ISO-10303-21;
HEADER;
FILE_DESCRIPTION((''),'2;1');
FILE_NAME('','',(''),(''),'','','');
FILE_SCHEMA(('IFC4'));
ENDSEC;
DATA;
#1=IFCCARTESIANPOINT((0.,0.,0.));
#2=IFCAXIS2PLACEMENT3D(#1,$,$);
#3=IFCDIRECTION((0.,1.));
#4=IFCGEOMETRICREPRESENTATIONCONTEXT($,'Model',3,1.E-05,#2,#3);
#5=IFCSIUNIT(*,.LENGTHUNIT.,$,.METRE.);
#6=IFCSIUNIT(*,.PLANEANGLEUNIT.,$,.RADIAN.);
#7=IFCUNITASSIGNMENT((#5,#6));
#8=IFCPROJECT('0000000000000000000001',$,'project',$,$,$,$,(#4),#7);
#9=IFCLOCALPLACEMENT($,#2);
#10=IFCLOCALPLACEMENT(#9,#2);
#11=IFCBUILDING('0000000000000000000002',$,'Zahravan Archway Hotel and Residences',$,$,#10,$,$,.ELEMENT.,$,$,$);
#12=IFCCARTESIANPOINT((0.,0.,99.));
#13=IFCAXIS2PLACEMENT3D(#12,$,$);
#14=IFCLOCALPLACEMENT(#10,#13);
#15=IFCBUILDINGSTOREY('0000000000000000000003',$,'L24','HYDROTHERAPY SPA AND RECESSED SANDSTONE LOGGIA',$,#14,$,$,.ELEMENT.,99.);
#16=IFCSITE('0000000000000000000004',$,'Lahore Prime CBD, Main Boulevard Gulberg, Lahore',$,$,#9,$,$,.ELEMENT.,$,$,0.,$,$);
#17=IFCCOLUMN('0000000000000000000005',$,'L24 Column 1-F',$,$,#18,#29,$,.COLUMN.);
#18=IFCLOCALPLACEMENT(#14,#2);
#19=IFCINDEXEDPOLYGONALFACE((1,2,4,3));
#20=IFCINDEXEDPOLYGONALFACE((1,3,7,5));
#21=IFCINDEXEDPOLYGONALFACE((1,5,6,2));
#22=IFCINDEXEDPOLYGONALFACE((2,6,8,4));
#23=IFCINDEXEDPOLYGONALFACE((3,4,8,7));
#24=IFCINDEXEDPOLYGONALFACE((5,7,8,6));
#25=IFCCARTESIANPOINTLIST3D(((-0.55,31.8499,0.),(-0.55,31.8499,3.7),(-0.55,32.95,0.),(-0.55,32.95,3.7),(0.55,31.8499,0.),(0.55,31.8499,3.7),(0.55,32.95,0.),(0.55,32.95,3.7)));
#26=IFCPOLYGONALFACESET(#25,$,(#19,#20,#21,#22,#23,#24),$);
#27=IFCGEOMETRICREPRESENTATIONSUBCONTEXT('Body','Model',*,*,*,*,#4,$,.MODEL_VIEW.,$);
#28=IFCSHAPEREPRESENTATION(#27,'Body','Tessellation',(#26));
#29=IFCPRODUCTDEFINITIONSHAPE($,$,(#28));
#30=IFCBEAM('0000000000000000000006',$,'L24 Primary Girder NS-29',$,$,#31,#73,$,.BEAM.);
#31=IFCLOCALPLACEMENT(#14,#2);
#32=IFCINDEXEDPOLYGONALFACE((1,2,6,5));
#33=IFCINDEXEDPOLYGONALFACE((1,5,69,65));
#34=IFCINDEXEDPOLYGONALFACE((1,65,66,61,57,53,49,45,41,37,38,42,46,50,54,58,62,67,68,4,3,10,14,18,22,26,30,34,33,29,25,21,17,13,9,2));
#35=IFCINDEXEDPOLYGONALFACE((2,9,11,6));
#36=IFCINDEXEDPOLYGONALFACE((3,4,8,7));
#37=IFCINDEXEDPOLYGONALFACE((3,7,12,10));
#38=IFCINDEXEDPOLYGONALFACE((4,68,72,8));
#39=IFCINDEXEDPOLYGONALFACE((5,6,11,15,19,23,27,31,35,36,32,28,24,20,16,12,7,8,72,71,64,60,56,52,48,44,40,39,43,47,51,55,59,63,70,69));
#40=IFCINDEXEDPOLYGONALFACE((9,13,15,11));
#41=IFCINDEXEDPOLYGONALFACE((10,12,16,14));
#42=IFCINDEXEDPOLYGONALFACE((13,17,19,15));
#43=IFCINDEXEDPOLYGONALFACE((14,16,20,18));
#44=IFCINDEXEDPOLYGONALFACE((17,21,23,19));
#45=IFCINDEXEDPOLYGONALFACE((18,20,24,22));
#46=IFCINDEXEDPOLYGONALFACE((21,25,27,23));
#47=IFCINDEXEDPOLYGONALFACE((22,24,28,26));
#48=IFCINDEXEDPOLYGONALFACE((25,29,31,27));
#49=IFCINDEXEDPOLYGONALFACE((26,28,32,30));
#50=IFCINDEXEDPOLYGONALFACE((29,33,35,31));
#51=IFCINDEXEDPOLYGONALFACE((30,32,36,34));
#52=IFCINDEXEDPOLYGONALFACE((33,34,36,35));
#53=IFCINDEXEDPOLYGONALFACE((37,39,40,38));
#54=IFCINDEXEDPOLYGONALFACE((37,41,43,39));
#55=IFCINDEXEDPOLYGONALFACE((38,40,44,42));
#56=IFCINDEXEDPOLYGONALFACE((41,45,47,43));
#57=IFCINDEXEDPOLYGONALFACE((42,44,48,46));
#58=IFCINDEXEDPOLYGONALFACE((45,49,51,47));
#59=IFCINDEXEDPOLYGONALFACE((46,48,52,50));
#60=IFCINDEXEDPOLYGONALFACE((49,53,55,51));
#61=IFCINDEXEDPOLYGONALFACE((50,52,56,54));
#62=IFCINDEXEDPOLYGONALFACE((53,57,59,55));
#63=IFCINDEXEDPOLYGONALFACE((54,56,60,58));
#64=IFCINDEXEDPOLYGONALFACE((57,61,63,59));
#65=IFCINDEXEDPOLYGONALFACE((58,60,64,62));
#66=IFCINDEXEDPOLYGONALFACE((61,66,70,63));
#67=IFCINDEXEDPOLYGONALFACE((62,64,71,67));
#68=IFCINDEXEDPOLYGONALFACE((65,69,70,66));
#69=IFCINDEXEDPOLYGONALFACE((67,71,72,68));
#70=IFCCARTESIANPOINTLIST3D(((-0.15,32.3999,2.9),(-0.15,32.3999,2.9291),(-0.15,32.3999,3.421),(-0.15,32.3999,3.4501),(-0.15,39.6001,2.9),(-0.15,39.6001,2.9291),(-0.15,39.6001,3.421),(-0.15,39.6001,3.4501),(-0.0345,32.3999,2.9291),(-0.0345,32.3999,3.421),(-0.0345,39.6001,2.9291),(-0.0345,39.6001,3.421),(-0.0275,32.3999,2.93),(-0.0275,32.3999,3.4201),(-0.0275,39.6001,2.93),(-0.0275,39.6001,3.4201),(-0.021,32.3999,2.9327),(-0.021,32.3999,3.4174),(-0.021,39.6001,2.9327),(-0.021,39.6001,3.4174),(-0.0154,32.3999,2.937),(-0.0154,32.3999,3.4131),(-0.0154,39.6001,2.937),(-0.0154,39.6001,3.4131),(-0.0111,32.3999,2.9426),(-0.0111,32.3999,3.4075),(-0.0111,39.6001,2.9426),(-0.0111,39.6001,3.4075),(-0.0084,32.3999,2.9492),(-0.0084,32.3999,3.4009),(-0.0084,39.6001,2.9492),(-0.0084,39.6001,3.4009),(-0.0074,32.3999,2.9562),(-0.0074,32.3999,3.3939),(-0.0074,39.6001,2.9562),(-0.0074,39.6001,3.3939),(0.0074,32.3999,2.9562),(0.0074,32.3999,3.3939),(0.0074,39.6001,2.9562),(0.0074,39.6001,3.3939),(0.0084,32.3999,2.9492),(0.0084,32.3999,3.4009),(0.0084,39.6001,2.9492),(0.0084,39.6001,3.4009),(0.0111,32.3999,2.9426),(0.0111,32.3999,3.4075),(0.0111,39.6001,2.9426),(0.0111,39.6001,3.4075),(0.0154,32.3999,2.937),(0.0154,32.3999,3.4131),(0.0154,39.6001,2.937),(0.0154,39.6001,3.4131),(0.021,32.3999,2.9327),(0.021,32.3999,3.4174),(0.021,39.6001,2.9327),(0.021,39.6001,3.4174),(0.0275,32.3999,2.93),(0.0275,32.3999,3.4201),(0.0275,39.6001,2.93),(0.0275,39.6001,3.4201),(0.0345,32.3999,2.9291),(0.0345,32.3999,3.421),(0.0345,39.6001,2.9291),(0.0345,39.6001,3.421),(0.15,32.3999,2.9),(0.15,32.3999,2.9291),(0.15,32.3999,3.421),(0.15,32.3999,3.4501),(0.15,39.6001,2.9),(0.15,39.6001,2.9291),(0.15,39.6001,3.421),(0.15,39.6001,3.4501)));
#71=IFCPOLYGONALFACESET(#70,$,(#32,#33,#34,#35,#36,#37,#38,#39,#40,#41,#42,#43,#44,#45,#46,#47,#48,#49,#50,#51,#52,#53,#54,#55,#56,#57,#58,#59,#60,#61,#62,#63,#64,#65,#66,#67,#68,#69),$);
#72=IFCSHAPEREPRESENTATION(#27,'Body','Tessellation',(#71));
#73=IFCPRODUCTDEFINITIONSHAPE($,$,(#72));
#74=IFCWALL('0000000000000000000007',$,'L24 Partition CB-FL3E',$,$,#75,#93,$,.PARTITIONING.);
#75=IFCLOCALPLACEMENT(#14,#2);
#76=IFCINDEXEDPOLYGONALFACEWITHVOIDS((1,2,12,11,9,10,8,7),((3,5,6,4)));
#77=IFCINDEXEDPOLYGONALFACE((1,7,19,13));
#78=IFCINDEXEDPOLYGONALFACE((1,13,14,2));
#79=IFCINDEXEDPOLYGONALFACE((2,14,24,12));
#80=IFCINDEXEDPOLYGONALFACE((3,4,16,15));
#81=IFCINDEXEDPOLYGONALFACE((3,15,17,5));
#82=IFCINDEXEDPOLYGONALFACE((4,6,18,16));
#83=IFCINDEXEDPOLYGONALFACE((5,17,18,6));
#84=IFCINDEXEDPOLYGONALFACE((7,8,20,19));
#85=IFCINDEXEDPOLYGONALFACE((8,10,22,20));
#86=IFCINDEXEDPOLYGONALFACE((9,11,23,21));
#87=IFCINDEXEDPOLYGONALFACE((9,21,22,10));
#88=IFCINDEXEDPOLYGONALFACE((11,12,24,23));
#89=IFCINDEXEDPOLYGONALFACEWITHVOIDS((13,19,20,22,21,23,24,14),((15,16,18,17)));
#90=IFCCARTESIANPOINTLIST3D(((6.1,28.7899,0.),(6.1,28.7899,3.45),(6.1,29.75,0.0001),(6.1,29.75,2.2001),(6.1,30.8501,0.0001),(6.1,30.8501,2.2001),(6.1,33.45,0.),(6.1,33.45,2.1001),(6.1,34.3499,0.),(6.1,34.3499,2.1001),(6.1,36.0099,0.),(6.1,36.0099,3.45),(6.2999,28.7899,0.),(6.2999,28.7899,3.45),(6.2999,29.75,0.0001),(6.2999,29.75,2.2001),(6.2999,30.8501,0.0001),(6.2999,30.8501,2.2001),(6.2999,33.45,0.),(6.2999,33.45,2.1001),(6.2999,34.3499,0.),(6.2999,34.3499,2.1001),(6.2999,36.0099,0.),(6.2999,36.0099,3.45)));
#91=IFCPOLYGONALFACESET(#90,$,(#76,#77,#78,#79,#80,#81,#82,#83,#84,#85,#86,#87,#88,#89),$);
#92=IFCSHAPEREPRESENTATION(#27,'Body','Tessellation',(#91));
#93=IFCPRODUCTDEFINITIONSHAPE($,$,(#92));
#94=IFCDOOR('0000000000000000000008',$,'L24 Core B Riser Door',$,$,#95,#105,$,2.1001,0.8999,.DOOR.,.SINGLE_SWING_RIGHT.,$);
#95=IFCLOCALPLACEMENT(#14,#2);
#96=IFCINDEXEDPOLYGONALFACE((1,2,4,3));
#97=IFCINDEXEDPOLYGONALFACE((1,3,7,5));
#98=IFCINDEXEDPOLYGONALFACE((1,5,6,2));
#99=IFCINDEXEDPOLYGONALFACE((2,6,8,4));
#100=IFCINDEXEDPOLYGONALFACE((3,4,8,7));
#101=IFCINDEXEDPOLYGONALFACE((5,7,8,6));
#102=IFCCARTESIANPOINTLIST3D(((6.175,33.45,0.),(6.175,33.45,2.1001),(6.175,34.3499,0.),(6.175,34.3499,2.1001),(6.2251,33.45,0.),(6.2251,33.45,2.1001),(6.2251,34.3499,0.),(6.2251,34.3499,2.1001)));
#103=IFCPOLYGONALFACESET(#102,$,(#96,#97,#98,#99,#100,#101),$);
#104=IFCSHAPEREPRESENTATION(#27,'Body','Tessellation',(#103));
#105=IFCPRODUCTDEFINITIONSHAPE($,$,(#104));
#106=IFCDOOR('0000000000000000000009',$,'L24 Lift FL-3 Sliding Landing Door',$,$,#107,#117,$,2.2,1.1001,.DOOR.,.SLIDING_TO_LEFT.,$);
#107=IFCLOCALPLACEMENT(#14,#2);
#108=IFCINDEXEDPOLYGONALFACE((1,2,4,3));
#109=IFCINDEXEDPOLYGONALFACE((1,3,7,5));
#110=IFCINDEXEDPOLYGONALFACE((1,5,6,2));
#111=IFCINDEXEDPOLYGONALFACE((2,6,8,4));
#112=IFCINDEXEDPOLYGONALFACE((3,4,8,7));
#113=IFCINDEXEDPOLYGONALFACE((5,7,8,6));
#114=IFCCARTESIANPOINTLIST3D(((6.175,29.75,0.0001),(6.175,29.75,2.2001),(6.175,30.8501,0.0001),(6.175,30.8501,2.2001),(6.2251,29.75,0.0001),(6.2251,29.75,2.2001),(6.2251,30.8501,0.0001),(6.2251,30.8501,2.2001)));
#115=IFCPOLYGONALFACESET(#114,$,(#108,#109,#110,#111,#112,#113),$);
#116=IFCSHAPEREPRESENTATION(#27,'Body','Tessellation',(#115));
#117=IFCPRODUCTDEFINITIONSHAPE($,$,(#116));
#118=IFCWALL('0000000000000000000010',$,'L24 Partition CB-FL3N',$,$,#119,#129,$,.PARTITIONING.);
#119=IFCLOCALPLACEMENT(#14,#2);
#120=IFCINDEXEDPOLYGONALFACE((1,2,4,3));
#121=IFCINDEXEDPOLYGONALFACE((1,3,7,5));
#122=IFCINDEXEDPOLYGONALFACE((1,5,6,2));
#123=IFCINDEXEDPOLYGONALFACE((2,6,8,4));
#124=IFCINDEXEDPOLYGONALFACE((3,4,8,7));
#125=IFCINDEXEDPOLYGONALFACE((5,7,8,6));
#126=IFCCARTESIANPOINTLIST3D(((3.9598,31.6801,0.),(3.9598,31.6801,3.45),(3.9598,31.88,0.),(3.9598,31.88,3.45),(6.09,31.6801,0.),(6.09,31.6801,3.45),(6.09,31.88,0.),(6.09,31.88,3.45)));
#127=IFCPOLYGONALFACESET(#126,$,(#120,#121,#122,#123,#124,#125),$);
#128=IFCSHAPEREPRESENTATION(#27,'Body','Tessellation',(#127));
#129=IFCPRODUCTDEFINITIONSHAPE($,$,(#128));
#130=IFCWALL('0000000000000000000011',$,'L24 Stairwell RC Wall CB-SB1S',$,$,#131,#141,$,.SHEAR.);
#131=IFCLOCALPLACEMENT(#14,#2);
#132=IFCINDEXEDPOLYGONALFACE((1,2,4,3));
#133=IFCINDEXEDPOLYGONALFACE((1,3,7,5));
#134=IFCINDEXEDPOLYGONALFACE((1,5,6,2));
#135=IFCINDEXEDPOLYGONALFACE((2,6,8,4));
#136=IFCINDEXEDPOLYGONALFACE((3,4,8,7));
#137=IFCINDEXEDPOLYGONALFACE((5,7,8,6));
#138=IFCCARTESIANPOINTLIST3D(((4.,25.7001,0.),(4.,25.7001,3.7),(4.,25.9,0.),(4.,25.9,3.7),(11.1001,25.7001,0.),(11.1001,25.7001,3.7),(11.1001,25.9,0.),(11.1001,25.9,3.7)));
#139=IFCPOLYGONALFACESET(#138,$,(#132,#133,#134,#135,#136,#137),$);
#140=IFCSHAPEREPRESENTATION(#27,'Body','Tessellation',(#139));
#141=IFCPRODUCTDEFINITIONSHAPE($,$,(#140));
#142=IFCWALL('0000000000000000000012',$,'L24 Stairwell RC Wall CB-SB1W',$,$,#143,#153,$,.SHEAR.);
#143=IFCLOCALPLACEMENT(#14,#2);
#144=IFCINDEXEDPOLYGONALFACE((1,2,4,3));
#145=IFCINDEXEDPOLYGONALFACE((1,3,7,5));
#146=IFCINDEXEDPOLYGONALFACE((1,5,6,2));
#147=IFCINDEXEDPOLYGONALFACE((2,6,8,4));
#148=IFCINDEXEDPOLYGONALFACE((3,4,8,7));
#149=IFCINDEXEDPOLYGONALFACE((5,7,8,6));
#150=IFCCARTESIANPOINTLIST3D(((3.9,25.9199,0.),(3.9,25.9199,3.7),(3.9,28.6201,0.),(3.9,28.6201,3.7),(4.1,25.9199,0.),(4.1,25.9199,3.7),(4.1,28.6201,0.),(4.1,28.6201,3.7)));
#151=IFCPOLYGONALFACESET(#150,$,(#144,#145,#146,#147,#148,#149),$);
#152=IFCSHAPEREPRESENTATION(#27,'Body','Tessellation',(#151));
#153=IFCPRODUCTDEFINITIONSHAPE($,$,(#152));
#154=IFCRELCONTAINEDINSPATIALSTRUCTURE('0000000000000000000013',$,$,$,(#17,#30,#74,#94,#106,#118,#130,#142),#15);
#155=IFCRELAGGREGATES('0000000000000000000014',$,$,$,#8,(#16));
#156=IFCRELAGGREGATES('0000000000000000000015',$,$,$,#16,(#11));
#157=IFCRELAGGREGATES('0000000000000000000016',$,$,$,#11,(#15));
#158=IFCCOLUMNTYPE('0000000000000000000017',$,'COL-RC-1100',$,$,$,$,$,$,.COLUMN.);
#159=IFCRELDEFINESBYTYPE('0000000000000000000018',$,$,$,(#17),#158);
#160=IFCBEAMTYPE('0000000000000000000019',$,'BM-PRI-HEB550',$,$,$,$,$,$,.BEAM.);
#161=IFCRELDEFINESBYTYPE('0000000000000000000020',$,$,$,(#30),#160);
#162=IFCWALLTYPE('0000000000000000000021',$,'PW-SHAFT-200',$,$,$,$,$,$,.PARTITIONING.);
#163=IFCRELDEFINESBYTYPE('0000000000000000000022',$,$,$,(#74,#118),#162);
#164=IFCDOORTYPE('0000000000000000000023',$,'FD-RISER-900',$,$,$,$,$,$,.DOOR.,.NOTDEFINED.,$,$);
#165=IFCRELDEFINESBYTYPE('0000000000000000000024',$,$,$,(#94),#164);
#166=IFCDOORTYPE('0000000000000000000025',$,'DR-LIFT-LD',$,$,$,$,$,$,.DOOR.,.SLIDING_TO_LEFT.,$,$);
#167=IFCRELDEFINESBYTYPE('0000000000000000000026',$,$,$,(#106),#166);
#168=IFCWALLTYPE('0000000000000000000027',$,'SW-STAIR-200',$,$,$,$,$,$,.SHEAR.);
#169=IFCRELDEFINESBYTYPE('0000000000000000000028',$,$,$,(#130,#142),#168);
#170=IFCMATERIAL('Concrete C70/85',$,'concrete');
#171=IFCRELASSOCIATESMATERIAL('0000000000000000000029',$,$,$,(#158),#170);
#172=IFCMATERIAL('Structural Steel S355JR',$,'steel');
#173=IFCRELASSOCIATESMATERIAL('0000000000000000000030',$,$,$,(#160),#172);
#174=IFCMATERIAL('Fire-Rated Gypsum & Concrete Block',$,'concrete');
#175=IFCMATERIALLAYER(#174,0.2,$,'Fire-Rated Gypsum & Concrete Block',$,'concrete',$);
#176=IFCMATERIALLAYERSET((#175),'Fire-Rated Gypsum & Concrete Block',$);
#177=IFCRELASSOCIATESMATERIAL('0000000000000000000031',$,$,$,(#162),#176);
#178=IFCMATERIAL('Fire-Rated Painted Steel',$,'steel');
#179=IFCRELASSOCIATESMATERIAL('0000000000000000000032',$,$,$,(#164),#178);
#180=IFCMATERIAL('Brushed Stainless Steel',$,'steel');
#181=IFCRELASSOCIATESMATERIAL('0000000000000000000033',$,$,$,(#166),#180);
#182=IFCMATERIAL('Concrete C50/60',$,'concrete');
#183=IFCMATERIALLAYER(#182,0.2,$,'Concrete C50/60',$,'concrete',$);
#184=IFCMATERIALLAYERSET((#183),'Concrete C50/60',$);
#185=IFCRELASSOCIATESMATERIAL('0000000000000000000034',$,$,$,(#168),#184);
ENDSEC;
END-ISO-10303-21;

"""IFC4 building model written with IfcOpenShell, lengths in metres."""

from ifc_helpers import new_model, si_unit, direction, frame, frame_2d, origin, origin_2d, place, context, subcontext, project, spatial, rectangle, i_section, extrude, source, transform, mapped, material, layer, layer_set, material_profile, profile_set, type_object, type_shapes, element, fill, save


model = new_model("IFC4")

# Units and contexts
model_context = context("Model", 3, precision=1e-05, world=origin(), true_north=direction((0.0, 1.0)))
body_context = subcontext(model_context, "Body", "Model", "MODEL_VIEW")
ifc_project = project(units=[si_unit("LENGTHUNIT", "METRE"), si_unit("PLANEANGLEUNIT", "RADIAN")], contexts=[model_context])

# Site, building, storey
site_placement = place(None, origin())
site = spatial("IfcSite", under=ifc_project, at=site_placement, Name="Lahore Prime CBD, Main Boulevard Gulberg, Lahore", CompositionType="ELEMENT", RefElevation=0.0)
building_placement = place(site_placement, origin())
building = spatial("IfcBuilding", under=site, at=building_placement, Name="Zahravan Archway Hotel and Residences", CompositionType="ELEMENT")
storey_placement = place(building_placement, frame((0.0, 0.0, 99.0)))
storey = spatial("IfcBuildingStorey", under=building, at=storey_placement, Name="L24", Description="HYDROTHERAPY SPA AND RECESSED SANDSTONE LOGGIA", CompositionType="ELEMENT", Elevation=99.0)

# Column
ifc_material_1 = material(Name="Concrete C70/85", Category="concrete")
ifc_material_profile_1 = material_profile(ifc_material_1, rectangle(XDim=1.1001, YDim=1.1001, at=origin_2d()), Name="RC 1100x1100", Category="concrete")
ifc_profile_set_1 = profile_set([ifc_material_profile_1], Name="Concrete C70/85")
column_type = type_object("IfcColumnType", Name="COL-RC-1100", PredefinedType="COLUMN", material=ifc_profile_set_1)
shared_shape_1 = source(origin(), body_context, "Body", "SweptSolid", [
    extrude(rectangle(XDim=1.1001, YDim=1.1001, at=origin_2d()), origin(), (0.0, 0.0, 1.0), 3.7),
])
column_placement = place(storey_placement, frame((0.0, 32.3999, 0.0), z_axis=(0.0, 0.0, 1.0), x_axis=(1.0, 0.0, 0.0)))
element("IfcColumn", 1, at=column_placement, inside=storey, type_object=column_type, Name="L24 Column 1-F", PredefinedType="COLUMN", context=body_context, shape_type="MappedRepresentation", body=[
    mapped(shared_shape_1, transform((0.0, 0.0, 0.0), scale=1.0)),
])

# Beam
ifc_material_2 = material(Name="Structural Steel S355JR", Category="steel")
ifc_material_profile_2 = material_profile(ifc_material_2, i_section(OverallWidth=0.3, OverallDepth=0.55, WebThickness=0.0149, FlangeThickness=0.0291, FilletRadius=0.0271, at=origin_2d()), Name="HEB 550", Category="steel")
ifc_profile_set_2 = profile_set([ifc_material_profile_2], Name="Structural Steel S355JR")
beam_type = type_object("IfcBeamType", Name="BM-PRI-HEB550", PredefinedType="BEAM", material=ifc_profile_set_2)
shared_shape_2 = source(origin(), body_context, "Body", "SweptSolid", [
    extrude(i_section(OverallWidth=0.3, OverallDepth=0.55, WebThickness=0.0149, FlangeThickness=0.0291, FilletRadius=0.0271, at=origin_2d()), origin(), (0.0, 0.0, 1.0), 7.2002),
])
type_shapes(beam_type, [shared_shape_2])
beam_placement = place(storey_placement, frame((0.0, 32.3999, 3.175), z_axis=(0.0, 1.0, 0.0), x_axis=(-1.0, 0.0, 0.0)))
element("IfcBeam", 2, at=beam_placement, inside=storey, type_object=beam_type, Name="L24 Primary Girder NS-29", PredefinedType="BEAM", context=body_context, shape_type="MappedRepresentation", body=[
    mapped(shared_shape_2, transform((0.0, 0.0, 0.0), scale=1.0)),
])

# Wall, openings, doors
ifc_material_3 = material(Name="Fire-Rated Gypsum & Concrete Block", Category="concrete")
ifc_layer_1 = layer(ifc_material_3, 0.2, Name="Fire-Rated Gypsum & Concrete Block", Category="concrete")
ifc_layer_set_1 = layer_set([ifc_layer_1], Name="Fire-Rated Gypsum & Concrete Block")
wall_type_1 = type_object("IfcWallType", Name="PW-SHAFT-200", PredefinedType="PARTITIONING", material=ifc_layer_set_1)
wall_1_placement = place(storey_placement, frame((6.2, 28.79, 0.0), z_axis=(0.0, 0.0, 1.0), x_axis=(0.0, 1.0, 0.0)))
wall_1 = element("IfcWall", 3, at=wall_1_placement, inside=storey, type_object=wall_type_1, Name="L24 Partition CB-FL3E", PredefinedType="PARTITIONING", context=body_context, shape_type="SweptSolid", body=[
    extrude(rectangle(XDim=7.22, YDim=0.2, at=frame_2d((3.6099, 0.0))), origin(), (0.0, 0.0, 1.0), 3.45),
])
opening_1_placement = place(wall_1_placement, frame((4.6599, 0.0, 0.0)))
opening_1 = element("IfcOpeningElement", 4, at=opening_1_placement, cuts=wall_1, PredefinedType="OPENING", context=body_context, shape_type="SweptSolid", body=[
    extrude(rectangle(XDim=0.8999, YDim=2.1001, at=frame_2d((0.45, 1.05))), frame((0.0, 0.1099, 0.0), z_axis=(0.0, -1.0, 0.0), x_axis=(1.0, 0.0, 0.0)), (0.0, 0.0, 1.0), 0.22),
])
opening_2_placement = place(wall_1_placement, frame((0.96, 0.0, 0.0)))
opening_2 = element("IfcOpeningElement", 5, at=opening_2_placement, cuts=wall_1, PredefinedType="OPENING", context=body_context, shape_type="SweptSolid", body=[
    extrude(rectangle(XDim=1.1001, YDim=2.2, at=frame_2d((0.55, 1.1001))), frame((0.0, 0.1099, 0.0), z_axis=(0.0, -1.0, 0.0), x_axis=(1.0, 0.0, 0.0)), (0.0, 0.0, 1.0), 0.22),
])
ifc_material_4 = material(Name="Fire-Rated Painted Steel", Category="steel")
door_type_1 = type_object("IfcDoorType", Name="FD-RISER-900", OperationType="NOTDEFINED", PredefinedType="DOOR", material=ifc_material_4)
shared_shape_3 = source(origin(), body_context, "Body", "SweptSolid", [
    extrude(rectangle(XDim=0.8999, YDim=2.1001, at=frame_2d((0.45, 1.05))), frame((0.0, 0.0249, 0.0), z_axis=(0.0, -1.0, 0.0), x_axis=(1.0, 0.0, 0.0)), (0.0, 0.0, 1.0), 0.05),
])
type_shapes(door_type_1, [shared_shape_3])
door_1_placement = place(opening_1_placement, origin())
door_1 = element("IfcDoor", 6, at=door_1_placement, inside=storey, type_object=door_type_1, Name="L24 Core B Riser Door", OperationType="SINGLE_SWING_RIGHT", OverallHeight=2.1001, OverallWidth=0.8999, PredefinedType="DOOR", context=body_context, shape_type="MappedRepresentation", body=[
    mapped(shared_shape_3, transform((0.0, 0.0, 0.0), scale=1.0)),
])
fill(opening_1, door_1)
ifc_material_5 = material(Name="Brushed Stainless Steel", Category="steel")
door_type_2 = type_object("IfcDoorType", Name="DR-LIFT-LD", OperationType="SLIDING_TO_LEFT", PredefinedType="DOOR", material=ifc_material_5)
shared_shape_4 = source(origin(), body_context, "Body", "SweptSolid", [
    extrude(rectangle(XDim=1.1001, YDim=2.2, at=frame_2d((0.55, 1.1001))), frame((0.0, 0.0249, 0.0), z_axis=(0.0, -1.0, 0.0), x_axis=(1.0, 0.0, 0.0)), (0.0, 0.0, 1.0), 0.05),
])
type_shapes(door_type_2, [shared_shape_4])
door_2_placement = place(opening_2_placement, origin())
door_2 = element("IfcDoor", 7, at=door_2_placement, inside=storey, type_object=door_type_2, Name="L24 Lift FL-3 Sliding Landing Door", OperationType="SLIDING_TO_LEFT", OverallHeight=2.2, OverallWidth=1.1001, PredefinedType="DOOR", context=body_context, shape_type="MappedRepresentation", body=[
    mapped(shared_shape_4, transform((0.0, 0.0, 0.0), scale=1.0)),
])
fill(opening_2, door_2)

# Walls
wall_2_placement = place(storey_placement, frame((3.96, 31.78, 0.0), z_axis=(0.0, 0.0, 1.0), x_axis=(1.0, 0.0, 0.0)))
element("IfcWall", 8, at=wall_2_placement, inside=storey, type_object=wall_type_1, Name="L24 Partition CB-FL3N", PredefinedType="PARTITIONING", context=body_context, shape_type="SweptSolid", body=[
    extrude(rectangle(XDim=2.1301, YDim=0.2, at=frame_2d((1.0649, 0.0))), origin(), (0.0, 0.0, 1.0), 3.45),
])
ifc_material_6 = material(Name="Concrete C50/60", Category="concrete")
ifc_layer_2 = layer(ifc_material_6, 0.2, Name="Concrete C50/60", Category="concrete")
ifc_layer_set_2 = layer_set([ifc_layer_2], Name="Concrete C50/60")
wall_type_2 = type_object("IfcWallType", Name="SW-STAIR-200", PredefinedType="SHEAR", material=ifc_layer_set_2)
wall_3_placement = place(storey_placement, frame((4.0, 25.8, 0.0), z_axis=(0.0, 0.0, 1.0), x_axis=(1.0, 0.0, 0.0)))
element("IfcWall", 9, at=wall_3_placement, inside=storey, type_object=wall_type_2, Name="L24 Stairwell RC Wall CB-SB1S", PredefinedType="SHEAR", context=body_context, shape_type="SweptSolid", body=[
    extrude(rectangle(XDim=7.1001, YDim=0.2, at=frame_2d((3.55, 0.0))), origin(), (0.0, 0.0, 1.0), 3.7),
])
wall_4_placement = place(storey_placement, frame((4.0, 25.9199, 0.0), z_axis=(0.0, 0.0, 1.0), x_axis=(0.0, 1.0, 0.0)))
element("IfcWall", 10, at=wall_4_placement, inside=storey, type_object=wall_type_2, Name="L24 Stairwell RC Wall CB-SB1W", PredefinedType="SHEAR", context=body_context, shape_type="SweptSolid", body=[
    extrude(rectangle(XDim=2.7002, YDim=0.2, at=frame_2d((1.3501, 0.0))), origin(), (0.0, 0.0, 1.0), 3.7),
])

save(model, "model.ifc")
